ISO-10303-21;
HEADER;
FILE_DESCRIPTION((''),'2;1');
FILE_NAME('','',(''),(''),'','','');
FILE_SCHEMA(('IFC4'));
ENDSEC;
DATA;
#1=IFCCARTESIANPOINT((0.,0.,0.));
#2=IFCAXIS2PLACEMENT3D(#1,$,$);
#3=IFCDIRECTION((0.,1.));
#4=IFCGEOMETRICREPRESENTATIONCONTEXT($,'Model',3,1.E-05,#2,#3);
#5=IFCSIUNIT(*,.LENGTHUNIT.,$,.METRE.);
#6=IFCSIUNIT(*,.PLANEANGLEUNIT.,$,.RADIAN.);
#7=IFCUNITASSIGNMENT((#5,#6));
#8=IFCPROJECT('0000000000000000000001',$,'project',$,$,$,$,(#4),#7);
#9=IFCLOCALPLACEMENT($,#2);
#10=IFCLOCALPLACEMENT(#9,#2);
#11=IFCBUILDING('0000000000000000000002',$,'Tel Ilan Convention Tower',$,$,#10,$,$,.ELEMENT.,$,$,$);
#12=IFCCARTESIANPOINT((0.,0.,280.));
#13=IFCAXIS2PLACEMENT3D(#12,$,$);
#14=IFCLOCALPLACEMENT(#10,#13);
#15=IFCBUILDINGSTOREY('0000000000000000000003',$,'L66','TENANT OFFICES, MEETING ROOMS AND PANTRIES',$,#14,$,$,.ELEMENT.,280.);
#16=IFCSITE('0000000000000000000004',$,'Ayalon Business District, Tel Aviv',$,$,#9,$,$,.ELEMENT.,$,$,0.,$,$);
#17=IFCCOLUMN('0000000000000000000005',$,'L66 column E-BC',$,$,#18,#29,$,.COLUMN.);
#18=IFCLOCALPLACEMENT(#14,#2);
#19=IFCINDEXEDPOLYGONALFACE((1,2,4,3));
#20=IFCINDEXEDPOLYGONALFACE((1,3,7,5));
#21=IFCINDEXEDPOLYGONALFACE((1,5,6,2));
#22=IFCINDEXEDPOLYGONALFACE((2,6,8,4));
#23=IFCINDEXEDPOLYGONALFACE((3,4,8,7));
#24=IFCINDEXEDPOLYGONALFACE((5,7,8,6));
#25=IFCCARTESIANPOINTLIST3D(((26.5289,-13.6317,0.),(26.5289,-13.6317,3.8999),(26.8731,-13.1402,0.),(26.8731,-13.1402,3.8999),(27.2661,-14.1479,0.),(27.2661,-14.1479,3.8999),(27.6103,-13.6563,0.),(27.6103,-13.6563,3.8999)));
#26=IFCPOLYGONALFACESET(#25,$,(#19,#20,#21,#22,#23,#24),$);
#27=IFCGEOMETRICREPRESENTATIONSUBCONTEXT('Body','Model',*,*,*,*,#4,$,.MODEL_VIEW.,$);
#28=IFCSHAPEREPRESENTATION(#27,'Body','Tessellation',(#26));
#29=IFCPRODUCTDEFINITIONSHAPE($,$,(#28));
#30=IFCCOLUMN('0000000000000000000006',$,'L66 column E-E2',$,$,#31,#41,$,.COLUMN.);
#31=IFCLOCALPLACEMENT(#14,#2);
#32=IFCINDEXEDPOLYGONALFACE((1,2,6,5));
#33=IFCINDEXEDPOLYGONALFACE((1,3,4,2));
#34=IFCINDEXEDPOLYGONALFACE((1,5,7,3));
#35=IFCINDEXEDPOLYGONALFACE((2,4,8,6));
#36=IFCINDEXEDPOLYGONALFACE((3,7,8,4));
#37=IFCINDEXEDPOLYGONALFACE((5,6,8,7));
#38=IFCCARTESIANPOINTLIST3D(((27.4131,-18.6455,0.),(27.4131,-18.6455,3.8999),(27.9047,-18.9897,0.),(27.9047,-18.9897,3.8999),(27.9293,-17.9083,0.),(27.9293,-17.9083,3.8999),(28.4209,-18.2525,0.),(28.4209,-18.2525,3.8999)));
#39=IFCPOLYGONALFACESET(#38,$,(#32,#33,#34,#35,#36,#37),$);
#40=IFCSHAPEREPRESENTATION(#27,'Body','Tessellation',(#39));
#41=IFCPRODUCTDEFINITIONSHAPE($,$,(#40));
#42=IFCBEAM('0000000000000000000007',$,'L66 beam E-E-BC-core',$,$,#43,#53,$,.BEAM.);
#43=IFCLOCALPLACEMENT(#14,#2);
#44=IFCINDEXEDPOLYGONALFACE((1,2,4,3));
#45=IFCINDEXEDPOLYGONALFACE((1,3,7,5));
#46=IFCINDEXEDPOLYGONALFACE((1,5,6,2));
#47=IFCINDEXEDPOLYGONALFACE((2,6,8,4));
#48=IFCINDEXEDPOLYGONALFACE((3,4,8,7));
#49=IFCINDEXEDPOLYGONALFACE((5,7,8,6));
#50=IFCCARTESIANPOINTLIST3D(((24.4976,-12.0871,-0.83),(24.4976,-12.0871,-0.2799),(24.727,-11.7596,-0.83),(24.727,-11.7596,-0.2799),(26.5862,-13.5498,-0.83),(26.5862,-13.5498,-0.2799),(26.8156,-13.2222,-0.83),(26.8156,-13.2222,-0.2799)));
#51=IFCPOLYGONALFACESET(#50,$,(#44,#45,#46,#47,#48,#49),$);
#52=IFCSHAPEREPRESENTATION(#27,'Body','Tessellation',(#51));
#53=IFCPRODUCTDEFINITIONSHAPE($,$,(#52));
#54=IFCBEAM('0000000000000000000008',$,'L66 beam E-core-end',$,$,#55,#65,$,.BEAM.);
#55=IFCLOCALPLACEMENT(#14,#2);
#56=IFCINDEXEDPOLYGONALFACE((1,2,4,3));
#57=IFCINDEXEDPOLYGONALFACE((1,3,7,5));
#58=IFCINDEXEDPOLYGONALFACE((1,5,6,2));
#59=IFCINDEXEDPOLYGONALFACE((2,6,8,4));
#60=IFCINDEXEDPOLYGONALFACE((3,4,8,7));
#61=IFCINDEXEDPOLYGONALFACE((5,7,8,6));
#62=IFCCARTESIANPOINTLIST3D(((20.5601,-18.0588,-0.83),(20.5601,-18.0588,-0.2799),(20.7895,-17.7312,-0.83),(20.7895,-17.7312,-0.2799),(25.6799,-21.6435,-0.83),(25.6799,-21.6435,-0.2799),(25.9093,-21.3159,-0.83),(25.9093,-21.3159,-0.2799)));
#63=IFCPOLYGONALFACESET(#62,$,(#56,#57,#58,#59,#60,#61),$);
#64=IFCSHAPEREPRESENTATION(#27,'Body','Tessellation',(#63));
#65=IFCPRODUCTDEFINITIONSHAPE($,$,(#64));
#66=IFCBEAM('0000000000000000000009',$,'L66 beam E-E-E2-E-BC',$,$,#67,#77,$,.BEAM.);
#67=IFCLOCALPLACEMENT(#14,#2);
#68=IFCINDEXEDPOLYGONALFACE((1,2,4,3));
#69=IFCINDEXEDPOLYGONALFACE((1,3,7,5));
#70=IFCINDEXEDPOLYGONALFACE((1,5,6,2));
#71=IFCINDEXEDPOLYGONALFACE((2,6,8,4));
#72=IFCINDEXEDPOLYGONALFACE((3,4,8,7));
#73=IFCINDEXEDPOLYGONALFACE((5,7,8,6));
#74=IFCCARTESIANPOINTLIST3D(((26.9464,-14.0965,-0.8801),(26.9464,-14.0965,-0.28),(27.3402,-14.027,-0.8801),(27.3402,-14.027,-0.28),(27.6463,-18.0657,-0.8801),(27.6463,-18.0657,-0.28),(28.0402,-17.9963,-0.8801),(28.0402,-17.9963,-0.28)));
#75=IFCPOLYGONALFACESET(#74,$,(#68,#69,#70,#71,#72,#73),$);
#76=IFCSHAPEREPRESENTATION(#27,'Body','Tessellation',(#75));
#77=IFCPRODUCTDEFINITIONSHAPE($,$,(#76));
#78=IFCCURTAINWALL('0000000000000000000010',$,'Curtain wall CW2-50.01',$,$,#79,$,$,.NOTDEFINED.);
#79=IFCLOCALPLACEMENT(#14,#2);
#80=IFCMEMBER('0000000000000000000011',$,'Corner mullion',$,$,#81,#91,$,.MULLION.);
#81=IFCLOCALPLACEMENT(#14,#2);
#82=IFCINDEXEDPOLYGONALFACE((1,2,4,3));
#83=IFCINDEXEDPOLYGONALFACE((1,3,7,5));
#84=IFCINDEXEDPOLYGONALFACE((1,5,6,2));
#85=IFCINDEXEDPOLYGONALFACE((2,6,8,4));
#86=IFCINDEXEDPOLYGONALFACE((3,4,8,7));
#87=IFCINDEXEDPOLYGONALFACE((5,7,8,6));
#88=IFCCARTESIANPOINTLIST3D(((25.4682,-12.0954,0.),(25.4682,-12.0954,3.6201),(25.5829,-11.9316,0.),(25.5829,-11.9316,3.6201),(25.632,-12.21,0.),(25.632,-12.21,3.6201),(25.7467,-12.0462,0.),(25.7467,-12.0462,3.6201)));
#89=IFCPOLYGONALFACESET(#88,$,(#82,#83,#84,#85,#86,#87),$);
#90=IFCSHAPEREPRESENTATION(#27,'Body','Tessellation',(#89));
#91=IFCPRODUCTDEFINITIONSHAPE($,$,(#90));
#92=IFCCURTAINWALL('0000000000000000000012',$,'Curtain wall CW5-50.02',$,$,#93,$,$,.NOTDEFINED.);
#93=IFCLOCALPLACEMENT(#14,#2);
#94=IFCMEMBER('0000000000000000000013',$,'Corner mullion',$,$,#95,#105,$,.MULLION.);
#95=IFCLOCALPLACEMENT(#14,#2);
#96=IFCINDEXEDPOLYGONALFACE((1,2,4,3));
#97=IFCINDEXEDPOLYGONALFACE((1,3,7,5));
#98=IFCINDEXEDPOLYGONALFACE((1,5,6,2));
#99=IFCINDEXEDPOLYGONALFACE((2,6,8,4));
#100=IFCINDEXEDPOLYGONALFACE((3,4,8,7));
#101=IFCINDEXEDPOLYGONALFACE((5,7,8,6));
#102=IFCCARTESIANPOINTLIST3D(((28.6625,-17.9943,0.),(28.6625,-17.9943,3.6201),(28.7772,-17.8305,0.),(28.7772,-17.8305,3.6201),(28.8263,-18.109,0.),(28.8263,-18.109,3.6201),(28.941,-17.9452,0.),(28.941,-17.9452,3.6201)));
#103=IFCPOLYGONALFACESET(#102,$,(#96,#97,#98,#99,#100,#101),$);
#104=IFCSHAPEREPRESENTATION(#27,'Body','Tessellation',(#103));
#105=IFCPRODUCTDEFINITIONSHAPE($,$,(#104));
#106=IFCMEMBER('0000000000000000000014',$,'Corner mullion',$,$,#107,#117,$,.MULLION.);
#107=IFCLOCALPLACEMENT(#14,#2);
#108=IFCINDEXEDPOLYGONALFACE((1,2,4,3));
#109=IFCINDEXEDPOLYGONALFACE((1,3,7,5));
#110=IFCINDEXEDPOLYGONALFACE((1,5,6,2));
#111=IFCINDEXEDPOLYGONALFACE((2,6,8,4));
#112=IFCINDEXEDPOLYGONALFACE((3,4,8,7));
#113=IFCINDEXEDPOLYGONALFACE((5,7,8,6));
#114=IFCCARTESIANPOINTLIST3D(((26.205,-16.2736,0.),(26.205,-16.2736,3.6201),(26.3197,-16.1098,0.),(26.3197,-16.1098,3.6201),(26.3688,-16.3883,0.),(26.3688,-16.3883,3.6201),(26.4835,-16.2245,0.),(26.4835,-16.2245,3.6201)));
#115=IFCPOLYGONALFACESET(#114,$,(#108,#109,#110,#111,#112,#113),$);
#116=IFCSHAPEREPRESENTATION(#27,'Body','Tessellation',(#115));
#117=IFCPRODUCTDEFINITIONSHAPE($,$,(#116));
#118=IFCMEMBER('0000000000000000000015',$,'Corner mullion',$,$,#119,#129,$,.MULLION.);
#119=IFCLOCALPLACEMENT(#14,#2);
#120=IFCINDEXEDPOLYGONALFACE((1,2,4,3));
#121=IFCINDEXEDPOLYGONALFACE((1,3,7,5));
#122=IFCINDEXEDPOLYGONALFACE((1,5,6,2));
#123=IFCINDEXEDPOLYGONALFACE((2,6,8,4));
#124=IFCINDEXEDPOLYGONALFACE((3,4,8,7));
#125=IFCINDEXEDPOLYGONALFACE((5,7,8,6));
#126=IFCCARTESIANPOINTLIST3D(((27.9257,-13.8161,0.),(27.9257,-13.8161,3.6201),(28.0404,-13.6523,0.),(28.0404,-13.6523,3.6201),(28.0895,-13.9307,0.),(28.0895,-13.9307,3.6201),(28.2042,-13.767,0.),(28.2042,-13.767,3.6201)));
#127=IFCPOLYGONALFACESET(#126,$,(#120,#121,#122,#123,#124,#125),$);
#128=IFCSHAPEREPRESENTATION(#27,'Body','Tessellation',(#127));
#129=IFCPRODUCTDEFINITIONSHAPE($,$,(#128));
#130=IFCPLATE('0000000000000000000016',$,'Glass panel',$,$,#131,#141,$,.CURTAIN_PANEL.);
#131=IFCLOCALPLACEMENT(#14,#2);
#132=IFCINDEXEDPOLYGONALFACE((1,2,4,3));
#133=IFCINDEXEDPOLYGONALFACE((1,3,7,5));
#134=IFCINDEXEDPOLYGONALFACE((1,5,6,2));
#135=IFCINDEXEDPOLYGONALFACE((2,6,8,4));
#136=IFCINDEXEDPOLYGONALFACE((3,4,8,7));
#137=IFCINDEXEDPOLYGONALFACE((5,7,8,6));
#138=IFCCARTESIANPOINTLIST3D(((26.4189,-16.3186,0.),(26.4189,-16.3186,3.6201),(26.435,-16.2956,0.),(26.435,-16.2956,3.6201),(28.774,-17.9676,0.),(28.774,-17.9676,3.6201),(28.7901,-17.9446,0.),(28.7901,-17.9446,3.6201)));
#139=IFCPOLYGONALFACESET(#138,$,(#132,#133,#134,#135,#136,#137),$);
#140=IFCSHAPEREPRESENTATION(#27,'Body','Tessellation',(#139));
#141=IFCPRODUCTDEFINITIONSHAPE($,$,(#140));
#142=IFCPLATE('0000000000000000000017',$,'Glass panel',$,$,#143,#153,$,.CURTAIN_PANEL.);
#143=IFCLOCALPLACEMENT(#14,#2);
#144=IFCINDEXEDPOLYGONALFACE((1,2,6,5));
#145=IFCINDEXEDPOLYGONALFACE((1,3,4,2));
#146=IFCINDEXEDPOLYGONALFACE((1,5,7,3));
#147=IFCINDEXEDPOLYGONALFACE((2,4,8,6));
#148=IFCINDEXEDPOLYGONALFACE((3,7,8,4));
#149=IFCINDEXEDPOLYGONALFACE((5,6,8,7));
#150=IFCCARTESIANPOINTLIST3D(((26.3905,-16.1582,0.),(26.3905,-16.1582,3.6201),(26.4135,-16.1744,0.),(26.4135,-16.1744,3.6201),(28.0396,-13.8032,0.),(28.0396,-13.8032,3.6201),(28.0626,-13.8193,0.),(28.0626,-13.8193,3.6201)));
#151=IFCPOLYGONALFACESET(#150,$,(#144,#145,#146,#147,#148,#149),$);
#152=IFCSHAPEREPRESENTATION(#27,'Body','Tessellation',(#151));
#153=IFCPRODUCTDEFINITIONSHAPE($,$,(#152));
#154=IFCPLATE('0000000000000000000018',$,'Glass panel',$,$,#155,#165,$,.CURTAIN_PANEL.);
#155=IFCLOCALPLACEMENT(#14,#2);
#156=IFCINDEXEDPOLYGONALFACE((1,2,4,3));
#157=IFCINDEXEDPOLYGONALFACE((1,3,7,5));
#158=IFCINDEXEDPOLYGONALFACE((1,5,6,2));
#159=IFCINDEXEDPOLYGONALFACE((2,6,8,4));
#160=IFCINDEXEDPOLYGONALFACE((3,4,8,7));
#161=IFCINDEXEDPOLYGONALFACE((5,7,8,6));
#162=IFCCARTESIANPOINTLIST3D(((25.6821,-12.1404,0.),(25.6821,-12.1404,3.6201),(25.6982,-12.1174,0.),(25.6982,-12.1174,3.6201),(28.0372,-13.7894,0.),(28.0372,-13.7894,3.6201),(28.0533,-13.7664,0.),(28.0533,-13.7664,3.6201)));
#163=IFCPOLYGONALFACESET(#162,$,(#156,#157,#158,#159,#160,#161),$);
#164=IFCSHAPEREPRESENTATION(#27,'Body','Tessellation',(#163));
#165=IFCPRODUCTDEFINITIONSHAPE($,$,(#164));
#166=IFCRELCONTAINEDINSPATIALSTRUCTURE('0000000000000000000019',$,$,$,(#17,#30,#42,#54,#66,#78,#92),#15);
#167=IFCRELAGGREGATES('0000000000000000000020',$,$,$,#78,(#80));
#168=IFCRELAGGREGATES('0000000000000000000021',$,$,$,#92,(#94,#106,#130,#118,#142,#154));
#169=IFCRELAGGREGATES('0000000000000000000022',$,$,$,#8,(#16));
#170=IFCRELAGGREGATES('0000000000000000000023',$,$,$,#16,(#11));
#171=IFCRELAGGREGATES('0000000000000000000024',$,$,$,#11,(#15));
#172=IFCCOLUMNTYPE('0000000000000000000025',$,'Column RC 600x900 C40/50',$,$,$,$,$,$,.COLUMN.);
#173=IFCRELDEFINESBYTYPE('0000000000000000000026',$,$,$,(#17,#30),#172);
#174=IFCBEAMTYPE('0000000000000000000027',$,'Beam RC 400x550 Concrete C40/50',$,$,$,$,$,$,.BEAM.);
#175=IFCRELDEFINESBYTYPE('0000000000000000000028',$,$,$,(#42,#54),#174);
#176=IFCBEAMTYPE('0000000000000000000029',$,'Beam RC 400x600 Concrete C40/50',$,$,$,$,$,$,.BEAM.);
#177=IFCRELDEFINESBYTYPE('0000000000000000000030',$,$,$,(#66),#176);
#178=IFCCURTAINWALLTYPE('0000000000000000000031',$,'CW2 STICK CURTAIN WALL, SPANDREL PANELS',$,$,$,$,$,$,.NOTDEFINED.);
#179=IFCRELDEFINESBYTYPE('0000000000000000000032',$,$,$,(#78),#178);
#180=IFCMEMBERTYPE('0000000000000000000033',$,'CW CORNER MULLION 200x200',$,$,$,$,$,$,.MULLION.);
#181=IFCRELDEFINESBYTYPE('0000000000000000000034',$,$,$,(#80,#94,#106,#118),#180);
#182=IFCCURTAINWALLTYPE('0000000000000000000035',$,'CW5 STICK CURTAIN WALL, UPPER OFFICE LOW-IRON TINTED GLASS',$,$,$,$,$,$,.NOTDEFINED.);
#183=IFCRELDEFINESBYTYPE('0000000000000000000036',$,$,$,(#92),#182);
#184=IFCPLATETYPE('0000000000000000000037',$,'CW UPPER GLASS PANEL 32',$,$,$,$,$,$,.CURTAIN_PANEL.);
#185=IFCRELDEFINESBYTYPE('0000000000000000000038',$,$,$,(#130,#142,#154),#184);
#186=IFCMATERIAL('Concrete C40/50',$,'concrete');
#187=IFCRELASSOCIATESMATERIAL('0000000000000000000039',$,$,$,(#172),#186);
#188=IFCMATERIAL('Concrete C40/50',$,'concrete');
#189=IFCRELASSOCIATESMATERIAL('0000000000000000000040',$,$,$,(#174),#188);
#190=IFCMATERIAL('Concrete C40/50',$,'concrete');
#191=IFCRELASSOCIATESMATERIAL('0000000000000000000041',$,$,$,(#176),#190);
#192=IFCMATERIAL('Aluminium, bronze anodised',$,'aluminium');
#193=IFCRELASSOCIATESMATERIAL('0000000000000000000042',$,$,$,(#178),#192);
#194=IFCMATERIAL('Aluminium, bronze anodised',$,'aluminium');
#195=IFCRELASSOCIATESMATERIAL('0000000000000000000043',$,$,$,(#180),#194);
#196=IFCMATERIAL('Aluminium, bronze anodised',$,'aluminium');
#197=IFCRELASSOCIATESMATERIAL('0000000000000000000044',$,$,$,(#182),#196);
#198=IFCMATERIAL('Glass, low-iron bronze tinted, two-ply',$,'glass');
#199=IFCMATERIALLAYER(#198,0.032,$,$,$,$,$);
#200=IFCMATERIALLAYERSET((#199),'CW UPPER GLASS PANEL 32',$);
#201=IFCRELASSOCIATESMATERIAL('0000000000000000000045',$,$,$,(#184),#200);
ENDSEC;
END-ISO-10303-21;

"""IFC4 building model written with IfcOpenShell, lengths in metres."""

from ifc_helpers import new_model, si_unit, direction, frame, origin, origin_2d, place, context, subcontext, project, spatial, rectangle, extrude, material, layer, layer_set, material_profile, profile_set, type_object, element, aggregate, save


model = new_model("IFC4")

# Units and contexts
model_context = context("Model", 3, precision=1e-05, world=origin(), true_north=direction((0.0, 1.0)))
body_context = subcontext(model_context, "Body", "Model", "MODEL_VIEW")
ifc_project = project(units=[si_unit("LENGTHUNIT", "METRE"), si_unit("PLANEANGLEUNIT", "RADIAN")], contexts=[model_context])

# Site, building, storey
site_placement = place(None, origin())
site = spatial("IfcSite", under=ifc_project, at=site_placement, Name="Ayalon Business District, Tel Aviv", CompositionType="ELEMENT", RefElevation=0.0)
building_placement = place(site_placement, origin())
building = spatial("IfcBuilding", under=site, at=building_placement, Name="Tel Ilan Convention Tower", CompositionType="ELEMENT")
storey_placement = place(building_placement, frame((0.0, 0.0, 280.0)))
storey = spatial("IfcBuildingStorey", under=building, at=storey_placement, Name="L66", Description="TENANT OFFICES, MEETING ROOMS AND PANTRIES", CompositionType="ELEMENT", Elevation=280.0)

# Columns
ifc_material_1 = material(Name="Concrete C40/50", Category="concrete")
ifc_material_profile_1 = material_profile(ifc_material_1, rectangle(XDim=0.8999, YDim=0.6001, at=origin_2d()), Name="RC 600x900")
ifc_profile_set_1 = profile_set([ifc_material_profile_1], Name="Concrete C40/50")
column_type = type_object("IfcColumnType", Name="Column RC 600x900 C40/50", PredefinedType="COLUMN", material=ifc_profile_set_1)
for number, where, z_axis, x_axis, name in (
    (1, (27.0696, -13.644, 0.0), (0.0, 0.0, 1.0), (0.819152, -0.573576, 0.0), "L66 column E-BC"),
    (2, (27.917, -18.449, 0.0), (0.0, 0.0, 1.0), (0.573576, 0.819152, 0.0), "L66 column E-E2"),
):
    element("IfcColumn", number, at=place(storey_placement, frame(where, z_axis=z_axis, x_axis=x_axis)), inside=storey, type_object=column_type, Name=name, PredefinedType="COLUMN", context=body_context, shape_type="SweptSolid", body=[
        extrude(rectangle(XDim=0.8999, YDim=0.6001, at=origin_2d()), origin(), (0.0, 0.0, 1.0), 3.8999),
    ])

# Beams
ifc_material_2 = material(Name="Concrete C40/50", Category="concrete")
ifc_material_profile_2 = material_profile(ifc_material_2, rectangle(XDim=0.3999, YDim=0.55, at=origin_2d()), Name="RC 400x550")
ifc_profile_set_2 = profile_set([ifc_material_profile_2], Name="Concrete C40/50")
beam_type_1 = type_object("IfcBeamType", Name="Beam RC 400x550 Concrete C40/50", PredefinedType="BEAM", material=ifc_profile_set_2)
beam_1_placement = place(storey_placement, frame((26.7009, -13.386, -0.5549), z_axis=(-0.819119, 0.573623, 0.0), x_axis=(-0.573623, -0.819119, 0.0)))
element("IfcBeam", 3, at=beam_1_placement, inside=storey, type_object=beam_type_1, Name="L66 beam E-E-BC-core", PredefinedType="BEAM", context=body_context, shape_type="SweptSolid", body=[
    extrude(rectangle(XDim=0.3999, YDim=0.55, at=origin_2d()), origin(), (0.0, 0.0, 1.0), 2.5498),
])
beam_2_placement = place(storey_placement, frame((20.6748, -17.895, -0.5549), z_axis=(0.819171, -0.573549, 0.0), x_axis=(0.573549, 0.819171, 0.0)))
element("IfcBeam", 4, at=beam_2_placement, inside=storey, type_object=beam_type_1, Name="L66 beam E-core-end", PredefinedType="BEAM", context=body_context, shape_type="SweptSolid", body=[
    extrude(rectangle(XDim=0.3999, YDim=0.55, at=origin_2d()), origin(), (0.0, 0.0, 1.0), 6.25),
])
ifc_material_3 = material(Name="Concrete C40/50", Category="concrete")
ifc_material_profile_3 = material_profile(ifc_material_3, rectangle(XDim=0.3999, YDim=0.6001, at=origin_2d()), Name="RC 400x600")
ifc_profile_set_3 = profile_set([ifc_material_profile_3], Name="Concrete C40/50")
beam_type_2 = type_object("IfcBeamType", Name="Beam RC 400x600 Concrete C40/50", PredefinedType="BEAM", material=ifc_profile_set_3)
beam_3_placement = place(storey_placement, frame((27.8433, -18.031, -0.5801), z_axis=(-0.173664, 0.984805, 0.0), x_axis=(-0.984805, -0.173664, 0.0)))
element("IfcBeam", 5, at=beam_3_placement, inside=storey, type_object=beam_type_2, Name="L66 beam E-E-E2-E-BC", PredefinedType="BEAM", context=body_context, shape_type="SweptSolid", body=[
    extrude(rectangle(XDim=0.3999, YDim=0.6001, at=origin_2d()), origin(), (0.0, 0.0, 1.0), 4.0305),
])

# Curtain wall, member
ifc_material_4 = material(Name="Aluminium, bronze anodised", Category="aluminium")
curtain_wall_type_1 = type_object("IfcCurtainWallType", Name="CW2 STICK CURTAIN WALL, SPANDREL PANELS", PredefinedType="NOTDEFINED", material=ifc_material_4)
curtain_wall_1_placement = place(storey_placement, origin())
curtain_wall_1 = element("IfcCurtainWall", 6, at=curtain_wall_1_placement, inside=storey, type_object=curtain_wall_type_1, Name="Curtain wall CW2-50.01", PredefinedType="NOTDEFINED")
ifc_material_5 = material(Name="Aluminium, bronze anodised", Category="aluminium")
ifc_material_profile_4 = material_profile(ifc_material_5, rectangle(XDim=0.2, YDim=0.2, at=origin_2d()), Name="CW CORNER MULLION 200x200")
ifc_profile_set_4 = profile_set([ifc_material_profile_4], Name="Aluminium, bronze anodised")
member_type = type_object("IfcMemberType", Name="CW CORNER MULLION 200x200", PredefinedType="MULLION", material=ifc_profile_set_4)
member_1_placement = place(storey_placement, frame((25.6074, -12.0708, 0.0), z_axis=(0.0, 0.0, 1.0), x_axis=(-0.819152, 0.573576, 0.0)))
member_1 = element("IfcMember", 7, at=member_1_placement, type_object=member_type, Name="Corner mullion", PredefinedType="MULLION", context=body_context, shape_type="SweptSolid", body=[
    extrude(rectangle(XDim=0.2, YDim=0.2, at=origin_2d()), origin(), (0.0, 0.0, 1.0), 3.6201),
])
aggregate(curtain_wall_1, [member_1])

# Curtain wall, members, plates
ifc_material_6 = material(Name="Aluminium, bronze anodised", Category="aluminium")
curtain_wall_type_2 = type_object("IfcCurtainWallType", Name="CW5 STICK CURTAIN WALL, UPPER OFFICE LOW-IRON TINTED GLASS", PredefinedType="NOTDEFINED", material=ifc_material_6)
curtain_wall_2_placement = place(storey_placement, origin())
curtain_wall_2 = element("IfcCurtainWall", 8, at=curtain_wall_2_placement, inside=storey, type_object=curtain_wall_type_2, Name="Curtain wall CW5-50.02", PredefinedType="NOTDEFINED")
member_2_placement = place(storey_placement, frame((28.8018, -17.9697, 0.0), z_axis=(0.0, 0.0, 1.0), x_axis=(0.573576, 0.819152, 0.0)))
member_2 = element("IfcMember", 9, at=member_2_placement, type_object=member_type, Name="Corner mullion", PredefinedType="MULLION", context=body_context, shape_type="SweptSolid", body=[
    extrude(rectangle(XDim=0.2, YDim=0.2, at=origin_2d()), origin(), (0.0, 0.0, 1.0), 3.6201),
])
member_3_placement = place(storey_placement, frame((26.3442, -16.249, 0.0), z_axis=(0.0, 0.0, 1.0), x_axis=(-0.819152, 0.573576, 0.0)))
member_3 = element("IfcMember", 10, at=member_3_placement, type_object=member_type, Name="Corner mullion", PredefinedType="MULLION", context=body_context, shape_type="SweptSolid", body=[
    extrude(rectangle(XDim=0.2, YDim=0.2, at=origin_2d()), origin(), (0.0, 0.0, 1.0), 3.6201),
])
member_4_placement = place(storey_placement, frame((28.0649, -13.7915, 0.0), z_axis=(0.0, 0.0, 1.0), x_axis=(0.573576, 0.819152, 0.0)))
member_4 = element("IfcMember", 11, at=member_4_placement, type_object=member_type, Name="Corner mullion", PredefinedType="MULLION", context=body_context, shape_type="SweptSolid", body=[
    extrude(rectangle(XDim=0.2, YDim=0.2, at=origin_2d()), origin(), (0.0, 0.0, 1.0), 3.6201),
])
ifc_material_7 = material(Name="Glass, low-iron bronze tinted, two-ply", Category="glass")
ifc_layer_1 = layer(ifc_material_7, 0.032)
ifc_layer_set_1 = layer_set([ifc_layer_1], Name="CW UPPER GLASS PANEL 32")
plate_type = type_object("IfcPlateType", Name="CW UPPER GLASS PANEL 32", PredefinedType="CURTAIN_PANEL", material=ifc_layer_set_1)
plate_1_placement = place(storey_placement, frame((27.6045, -17.1316, 0.0), z_axis=(0.0, 0.0, 1.0), x_axis=(-0.819152, 0.573576, 0.0)))
plate_1 = element("IfcPlate", 12, at=plate_1_placement, type_object=plate_type, Name="Glass panel", PredefinedType="CURTAIN_PANEL", context=body_context, shape_type="SweptSolid", body=[
    extrude(rectangle(XDim=2.875, YDim=0.0281, at=origin_2d()), origin(), (0.0, 0.0, 1.0), 3.6201),
])
plate_2_placement = place(storey_placement, frame((27.2266, -14.9888, 0.0), z_axis=(0.0, 0.0, 1.0), x_axis=(0.573576, 0.819152, 0.0)))
plate_2 = element("IfcPlate", 13, at=plate_2_placement, type_object=plate_type, Name="Glass panel", PredefinedType="CURTAIN_PANEL", context=body_context, shape_type="SweptSolid", body=[
    extrude(rectangle(XDim=2.875, YDim=0.0281, at=origin_2d()), origin(), (0.0, 0.0, 1.0), 3.6201),
])
plate_3_placement = place(storey_placement, frame((26.8677, -12.9534, 0.0), z_axis=(0.0, 0.0, 1.0), x_axis=(-0.819152, 0.573576, 0.0)))
plate_3 = element("IfcPlate", 14, at=plate_3_placement, type_object=plate_type, Name="Glass panel", PredefinedType="CURTAIN_PANEL", context=body_context, shape_type="SweptSolid", body=[
    extrude(rectangle(XDim=2.875, YDim=0.0281, at=origin_2d()), origin(), (0.0, 0.0, 1.0), 3.6201),
])
aggregate(curtain_wall_2, [member_2, member_3, plate_1, member_4, plate_2, plate_3])

save(model, "model.ifc")
